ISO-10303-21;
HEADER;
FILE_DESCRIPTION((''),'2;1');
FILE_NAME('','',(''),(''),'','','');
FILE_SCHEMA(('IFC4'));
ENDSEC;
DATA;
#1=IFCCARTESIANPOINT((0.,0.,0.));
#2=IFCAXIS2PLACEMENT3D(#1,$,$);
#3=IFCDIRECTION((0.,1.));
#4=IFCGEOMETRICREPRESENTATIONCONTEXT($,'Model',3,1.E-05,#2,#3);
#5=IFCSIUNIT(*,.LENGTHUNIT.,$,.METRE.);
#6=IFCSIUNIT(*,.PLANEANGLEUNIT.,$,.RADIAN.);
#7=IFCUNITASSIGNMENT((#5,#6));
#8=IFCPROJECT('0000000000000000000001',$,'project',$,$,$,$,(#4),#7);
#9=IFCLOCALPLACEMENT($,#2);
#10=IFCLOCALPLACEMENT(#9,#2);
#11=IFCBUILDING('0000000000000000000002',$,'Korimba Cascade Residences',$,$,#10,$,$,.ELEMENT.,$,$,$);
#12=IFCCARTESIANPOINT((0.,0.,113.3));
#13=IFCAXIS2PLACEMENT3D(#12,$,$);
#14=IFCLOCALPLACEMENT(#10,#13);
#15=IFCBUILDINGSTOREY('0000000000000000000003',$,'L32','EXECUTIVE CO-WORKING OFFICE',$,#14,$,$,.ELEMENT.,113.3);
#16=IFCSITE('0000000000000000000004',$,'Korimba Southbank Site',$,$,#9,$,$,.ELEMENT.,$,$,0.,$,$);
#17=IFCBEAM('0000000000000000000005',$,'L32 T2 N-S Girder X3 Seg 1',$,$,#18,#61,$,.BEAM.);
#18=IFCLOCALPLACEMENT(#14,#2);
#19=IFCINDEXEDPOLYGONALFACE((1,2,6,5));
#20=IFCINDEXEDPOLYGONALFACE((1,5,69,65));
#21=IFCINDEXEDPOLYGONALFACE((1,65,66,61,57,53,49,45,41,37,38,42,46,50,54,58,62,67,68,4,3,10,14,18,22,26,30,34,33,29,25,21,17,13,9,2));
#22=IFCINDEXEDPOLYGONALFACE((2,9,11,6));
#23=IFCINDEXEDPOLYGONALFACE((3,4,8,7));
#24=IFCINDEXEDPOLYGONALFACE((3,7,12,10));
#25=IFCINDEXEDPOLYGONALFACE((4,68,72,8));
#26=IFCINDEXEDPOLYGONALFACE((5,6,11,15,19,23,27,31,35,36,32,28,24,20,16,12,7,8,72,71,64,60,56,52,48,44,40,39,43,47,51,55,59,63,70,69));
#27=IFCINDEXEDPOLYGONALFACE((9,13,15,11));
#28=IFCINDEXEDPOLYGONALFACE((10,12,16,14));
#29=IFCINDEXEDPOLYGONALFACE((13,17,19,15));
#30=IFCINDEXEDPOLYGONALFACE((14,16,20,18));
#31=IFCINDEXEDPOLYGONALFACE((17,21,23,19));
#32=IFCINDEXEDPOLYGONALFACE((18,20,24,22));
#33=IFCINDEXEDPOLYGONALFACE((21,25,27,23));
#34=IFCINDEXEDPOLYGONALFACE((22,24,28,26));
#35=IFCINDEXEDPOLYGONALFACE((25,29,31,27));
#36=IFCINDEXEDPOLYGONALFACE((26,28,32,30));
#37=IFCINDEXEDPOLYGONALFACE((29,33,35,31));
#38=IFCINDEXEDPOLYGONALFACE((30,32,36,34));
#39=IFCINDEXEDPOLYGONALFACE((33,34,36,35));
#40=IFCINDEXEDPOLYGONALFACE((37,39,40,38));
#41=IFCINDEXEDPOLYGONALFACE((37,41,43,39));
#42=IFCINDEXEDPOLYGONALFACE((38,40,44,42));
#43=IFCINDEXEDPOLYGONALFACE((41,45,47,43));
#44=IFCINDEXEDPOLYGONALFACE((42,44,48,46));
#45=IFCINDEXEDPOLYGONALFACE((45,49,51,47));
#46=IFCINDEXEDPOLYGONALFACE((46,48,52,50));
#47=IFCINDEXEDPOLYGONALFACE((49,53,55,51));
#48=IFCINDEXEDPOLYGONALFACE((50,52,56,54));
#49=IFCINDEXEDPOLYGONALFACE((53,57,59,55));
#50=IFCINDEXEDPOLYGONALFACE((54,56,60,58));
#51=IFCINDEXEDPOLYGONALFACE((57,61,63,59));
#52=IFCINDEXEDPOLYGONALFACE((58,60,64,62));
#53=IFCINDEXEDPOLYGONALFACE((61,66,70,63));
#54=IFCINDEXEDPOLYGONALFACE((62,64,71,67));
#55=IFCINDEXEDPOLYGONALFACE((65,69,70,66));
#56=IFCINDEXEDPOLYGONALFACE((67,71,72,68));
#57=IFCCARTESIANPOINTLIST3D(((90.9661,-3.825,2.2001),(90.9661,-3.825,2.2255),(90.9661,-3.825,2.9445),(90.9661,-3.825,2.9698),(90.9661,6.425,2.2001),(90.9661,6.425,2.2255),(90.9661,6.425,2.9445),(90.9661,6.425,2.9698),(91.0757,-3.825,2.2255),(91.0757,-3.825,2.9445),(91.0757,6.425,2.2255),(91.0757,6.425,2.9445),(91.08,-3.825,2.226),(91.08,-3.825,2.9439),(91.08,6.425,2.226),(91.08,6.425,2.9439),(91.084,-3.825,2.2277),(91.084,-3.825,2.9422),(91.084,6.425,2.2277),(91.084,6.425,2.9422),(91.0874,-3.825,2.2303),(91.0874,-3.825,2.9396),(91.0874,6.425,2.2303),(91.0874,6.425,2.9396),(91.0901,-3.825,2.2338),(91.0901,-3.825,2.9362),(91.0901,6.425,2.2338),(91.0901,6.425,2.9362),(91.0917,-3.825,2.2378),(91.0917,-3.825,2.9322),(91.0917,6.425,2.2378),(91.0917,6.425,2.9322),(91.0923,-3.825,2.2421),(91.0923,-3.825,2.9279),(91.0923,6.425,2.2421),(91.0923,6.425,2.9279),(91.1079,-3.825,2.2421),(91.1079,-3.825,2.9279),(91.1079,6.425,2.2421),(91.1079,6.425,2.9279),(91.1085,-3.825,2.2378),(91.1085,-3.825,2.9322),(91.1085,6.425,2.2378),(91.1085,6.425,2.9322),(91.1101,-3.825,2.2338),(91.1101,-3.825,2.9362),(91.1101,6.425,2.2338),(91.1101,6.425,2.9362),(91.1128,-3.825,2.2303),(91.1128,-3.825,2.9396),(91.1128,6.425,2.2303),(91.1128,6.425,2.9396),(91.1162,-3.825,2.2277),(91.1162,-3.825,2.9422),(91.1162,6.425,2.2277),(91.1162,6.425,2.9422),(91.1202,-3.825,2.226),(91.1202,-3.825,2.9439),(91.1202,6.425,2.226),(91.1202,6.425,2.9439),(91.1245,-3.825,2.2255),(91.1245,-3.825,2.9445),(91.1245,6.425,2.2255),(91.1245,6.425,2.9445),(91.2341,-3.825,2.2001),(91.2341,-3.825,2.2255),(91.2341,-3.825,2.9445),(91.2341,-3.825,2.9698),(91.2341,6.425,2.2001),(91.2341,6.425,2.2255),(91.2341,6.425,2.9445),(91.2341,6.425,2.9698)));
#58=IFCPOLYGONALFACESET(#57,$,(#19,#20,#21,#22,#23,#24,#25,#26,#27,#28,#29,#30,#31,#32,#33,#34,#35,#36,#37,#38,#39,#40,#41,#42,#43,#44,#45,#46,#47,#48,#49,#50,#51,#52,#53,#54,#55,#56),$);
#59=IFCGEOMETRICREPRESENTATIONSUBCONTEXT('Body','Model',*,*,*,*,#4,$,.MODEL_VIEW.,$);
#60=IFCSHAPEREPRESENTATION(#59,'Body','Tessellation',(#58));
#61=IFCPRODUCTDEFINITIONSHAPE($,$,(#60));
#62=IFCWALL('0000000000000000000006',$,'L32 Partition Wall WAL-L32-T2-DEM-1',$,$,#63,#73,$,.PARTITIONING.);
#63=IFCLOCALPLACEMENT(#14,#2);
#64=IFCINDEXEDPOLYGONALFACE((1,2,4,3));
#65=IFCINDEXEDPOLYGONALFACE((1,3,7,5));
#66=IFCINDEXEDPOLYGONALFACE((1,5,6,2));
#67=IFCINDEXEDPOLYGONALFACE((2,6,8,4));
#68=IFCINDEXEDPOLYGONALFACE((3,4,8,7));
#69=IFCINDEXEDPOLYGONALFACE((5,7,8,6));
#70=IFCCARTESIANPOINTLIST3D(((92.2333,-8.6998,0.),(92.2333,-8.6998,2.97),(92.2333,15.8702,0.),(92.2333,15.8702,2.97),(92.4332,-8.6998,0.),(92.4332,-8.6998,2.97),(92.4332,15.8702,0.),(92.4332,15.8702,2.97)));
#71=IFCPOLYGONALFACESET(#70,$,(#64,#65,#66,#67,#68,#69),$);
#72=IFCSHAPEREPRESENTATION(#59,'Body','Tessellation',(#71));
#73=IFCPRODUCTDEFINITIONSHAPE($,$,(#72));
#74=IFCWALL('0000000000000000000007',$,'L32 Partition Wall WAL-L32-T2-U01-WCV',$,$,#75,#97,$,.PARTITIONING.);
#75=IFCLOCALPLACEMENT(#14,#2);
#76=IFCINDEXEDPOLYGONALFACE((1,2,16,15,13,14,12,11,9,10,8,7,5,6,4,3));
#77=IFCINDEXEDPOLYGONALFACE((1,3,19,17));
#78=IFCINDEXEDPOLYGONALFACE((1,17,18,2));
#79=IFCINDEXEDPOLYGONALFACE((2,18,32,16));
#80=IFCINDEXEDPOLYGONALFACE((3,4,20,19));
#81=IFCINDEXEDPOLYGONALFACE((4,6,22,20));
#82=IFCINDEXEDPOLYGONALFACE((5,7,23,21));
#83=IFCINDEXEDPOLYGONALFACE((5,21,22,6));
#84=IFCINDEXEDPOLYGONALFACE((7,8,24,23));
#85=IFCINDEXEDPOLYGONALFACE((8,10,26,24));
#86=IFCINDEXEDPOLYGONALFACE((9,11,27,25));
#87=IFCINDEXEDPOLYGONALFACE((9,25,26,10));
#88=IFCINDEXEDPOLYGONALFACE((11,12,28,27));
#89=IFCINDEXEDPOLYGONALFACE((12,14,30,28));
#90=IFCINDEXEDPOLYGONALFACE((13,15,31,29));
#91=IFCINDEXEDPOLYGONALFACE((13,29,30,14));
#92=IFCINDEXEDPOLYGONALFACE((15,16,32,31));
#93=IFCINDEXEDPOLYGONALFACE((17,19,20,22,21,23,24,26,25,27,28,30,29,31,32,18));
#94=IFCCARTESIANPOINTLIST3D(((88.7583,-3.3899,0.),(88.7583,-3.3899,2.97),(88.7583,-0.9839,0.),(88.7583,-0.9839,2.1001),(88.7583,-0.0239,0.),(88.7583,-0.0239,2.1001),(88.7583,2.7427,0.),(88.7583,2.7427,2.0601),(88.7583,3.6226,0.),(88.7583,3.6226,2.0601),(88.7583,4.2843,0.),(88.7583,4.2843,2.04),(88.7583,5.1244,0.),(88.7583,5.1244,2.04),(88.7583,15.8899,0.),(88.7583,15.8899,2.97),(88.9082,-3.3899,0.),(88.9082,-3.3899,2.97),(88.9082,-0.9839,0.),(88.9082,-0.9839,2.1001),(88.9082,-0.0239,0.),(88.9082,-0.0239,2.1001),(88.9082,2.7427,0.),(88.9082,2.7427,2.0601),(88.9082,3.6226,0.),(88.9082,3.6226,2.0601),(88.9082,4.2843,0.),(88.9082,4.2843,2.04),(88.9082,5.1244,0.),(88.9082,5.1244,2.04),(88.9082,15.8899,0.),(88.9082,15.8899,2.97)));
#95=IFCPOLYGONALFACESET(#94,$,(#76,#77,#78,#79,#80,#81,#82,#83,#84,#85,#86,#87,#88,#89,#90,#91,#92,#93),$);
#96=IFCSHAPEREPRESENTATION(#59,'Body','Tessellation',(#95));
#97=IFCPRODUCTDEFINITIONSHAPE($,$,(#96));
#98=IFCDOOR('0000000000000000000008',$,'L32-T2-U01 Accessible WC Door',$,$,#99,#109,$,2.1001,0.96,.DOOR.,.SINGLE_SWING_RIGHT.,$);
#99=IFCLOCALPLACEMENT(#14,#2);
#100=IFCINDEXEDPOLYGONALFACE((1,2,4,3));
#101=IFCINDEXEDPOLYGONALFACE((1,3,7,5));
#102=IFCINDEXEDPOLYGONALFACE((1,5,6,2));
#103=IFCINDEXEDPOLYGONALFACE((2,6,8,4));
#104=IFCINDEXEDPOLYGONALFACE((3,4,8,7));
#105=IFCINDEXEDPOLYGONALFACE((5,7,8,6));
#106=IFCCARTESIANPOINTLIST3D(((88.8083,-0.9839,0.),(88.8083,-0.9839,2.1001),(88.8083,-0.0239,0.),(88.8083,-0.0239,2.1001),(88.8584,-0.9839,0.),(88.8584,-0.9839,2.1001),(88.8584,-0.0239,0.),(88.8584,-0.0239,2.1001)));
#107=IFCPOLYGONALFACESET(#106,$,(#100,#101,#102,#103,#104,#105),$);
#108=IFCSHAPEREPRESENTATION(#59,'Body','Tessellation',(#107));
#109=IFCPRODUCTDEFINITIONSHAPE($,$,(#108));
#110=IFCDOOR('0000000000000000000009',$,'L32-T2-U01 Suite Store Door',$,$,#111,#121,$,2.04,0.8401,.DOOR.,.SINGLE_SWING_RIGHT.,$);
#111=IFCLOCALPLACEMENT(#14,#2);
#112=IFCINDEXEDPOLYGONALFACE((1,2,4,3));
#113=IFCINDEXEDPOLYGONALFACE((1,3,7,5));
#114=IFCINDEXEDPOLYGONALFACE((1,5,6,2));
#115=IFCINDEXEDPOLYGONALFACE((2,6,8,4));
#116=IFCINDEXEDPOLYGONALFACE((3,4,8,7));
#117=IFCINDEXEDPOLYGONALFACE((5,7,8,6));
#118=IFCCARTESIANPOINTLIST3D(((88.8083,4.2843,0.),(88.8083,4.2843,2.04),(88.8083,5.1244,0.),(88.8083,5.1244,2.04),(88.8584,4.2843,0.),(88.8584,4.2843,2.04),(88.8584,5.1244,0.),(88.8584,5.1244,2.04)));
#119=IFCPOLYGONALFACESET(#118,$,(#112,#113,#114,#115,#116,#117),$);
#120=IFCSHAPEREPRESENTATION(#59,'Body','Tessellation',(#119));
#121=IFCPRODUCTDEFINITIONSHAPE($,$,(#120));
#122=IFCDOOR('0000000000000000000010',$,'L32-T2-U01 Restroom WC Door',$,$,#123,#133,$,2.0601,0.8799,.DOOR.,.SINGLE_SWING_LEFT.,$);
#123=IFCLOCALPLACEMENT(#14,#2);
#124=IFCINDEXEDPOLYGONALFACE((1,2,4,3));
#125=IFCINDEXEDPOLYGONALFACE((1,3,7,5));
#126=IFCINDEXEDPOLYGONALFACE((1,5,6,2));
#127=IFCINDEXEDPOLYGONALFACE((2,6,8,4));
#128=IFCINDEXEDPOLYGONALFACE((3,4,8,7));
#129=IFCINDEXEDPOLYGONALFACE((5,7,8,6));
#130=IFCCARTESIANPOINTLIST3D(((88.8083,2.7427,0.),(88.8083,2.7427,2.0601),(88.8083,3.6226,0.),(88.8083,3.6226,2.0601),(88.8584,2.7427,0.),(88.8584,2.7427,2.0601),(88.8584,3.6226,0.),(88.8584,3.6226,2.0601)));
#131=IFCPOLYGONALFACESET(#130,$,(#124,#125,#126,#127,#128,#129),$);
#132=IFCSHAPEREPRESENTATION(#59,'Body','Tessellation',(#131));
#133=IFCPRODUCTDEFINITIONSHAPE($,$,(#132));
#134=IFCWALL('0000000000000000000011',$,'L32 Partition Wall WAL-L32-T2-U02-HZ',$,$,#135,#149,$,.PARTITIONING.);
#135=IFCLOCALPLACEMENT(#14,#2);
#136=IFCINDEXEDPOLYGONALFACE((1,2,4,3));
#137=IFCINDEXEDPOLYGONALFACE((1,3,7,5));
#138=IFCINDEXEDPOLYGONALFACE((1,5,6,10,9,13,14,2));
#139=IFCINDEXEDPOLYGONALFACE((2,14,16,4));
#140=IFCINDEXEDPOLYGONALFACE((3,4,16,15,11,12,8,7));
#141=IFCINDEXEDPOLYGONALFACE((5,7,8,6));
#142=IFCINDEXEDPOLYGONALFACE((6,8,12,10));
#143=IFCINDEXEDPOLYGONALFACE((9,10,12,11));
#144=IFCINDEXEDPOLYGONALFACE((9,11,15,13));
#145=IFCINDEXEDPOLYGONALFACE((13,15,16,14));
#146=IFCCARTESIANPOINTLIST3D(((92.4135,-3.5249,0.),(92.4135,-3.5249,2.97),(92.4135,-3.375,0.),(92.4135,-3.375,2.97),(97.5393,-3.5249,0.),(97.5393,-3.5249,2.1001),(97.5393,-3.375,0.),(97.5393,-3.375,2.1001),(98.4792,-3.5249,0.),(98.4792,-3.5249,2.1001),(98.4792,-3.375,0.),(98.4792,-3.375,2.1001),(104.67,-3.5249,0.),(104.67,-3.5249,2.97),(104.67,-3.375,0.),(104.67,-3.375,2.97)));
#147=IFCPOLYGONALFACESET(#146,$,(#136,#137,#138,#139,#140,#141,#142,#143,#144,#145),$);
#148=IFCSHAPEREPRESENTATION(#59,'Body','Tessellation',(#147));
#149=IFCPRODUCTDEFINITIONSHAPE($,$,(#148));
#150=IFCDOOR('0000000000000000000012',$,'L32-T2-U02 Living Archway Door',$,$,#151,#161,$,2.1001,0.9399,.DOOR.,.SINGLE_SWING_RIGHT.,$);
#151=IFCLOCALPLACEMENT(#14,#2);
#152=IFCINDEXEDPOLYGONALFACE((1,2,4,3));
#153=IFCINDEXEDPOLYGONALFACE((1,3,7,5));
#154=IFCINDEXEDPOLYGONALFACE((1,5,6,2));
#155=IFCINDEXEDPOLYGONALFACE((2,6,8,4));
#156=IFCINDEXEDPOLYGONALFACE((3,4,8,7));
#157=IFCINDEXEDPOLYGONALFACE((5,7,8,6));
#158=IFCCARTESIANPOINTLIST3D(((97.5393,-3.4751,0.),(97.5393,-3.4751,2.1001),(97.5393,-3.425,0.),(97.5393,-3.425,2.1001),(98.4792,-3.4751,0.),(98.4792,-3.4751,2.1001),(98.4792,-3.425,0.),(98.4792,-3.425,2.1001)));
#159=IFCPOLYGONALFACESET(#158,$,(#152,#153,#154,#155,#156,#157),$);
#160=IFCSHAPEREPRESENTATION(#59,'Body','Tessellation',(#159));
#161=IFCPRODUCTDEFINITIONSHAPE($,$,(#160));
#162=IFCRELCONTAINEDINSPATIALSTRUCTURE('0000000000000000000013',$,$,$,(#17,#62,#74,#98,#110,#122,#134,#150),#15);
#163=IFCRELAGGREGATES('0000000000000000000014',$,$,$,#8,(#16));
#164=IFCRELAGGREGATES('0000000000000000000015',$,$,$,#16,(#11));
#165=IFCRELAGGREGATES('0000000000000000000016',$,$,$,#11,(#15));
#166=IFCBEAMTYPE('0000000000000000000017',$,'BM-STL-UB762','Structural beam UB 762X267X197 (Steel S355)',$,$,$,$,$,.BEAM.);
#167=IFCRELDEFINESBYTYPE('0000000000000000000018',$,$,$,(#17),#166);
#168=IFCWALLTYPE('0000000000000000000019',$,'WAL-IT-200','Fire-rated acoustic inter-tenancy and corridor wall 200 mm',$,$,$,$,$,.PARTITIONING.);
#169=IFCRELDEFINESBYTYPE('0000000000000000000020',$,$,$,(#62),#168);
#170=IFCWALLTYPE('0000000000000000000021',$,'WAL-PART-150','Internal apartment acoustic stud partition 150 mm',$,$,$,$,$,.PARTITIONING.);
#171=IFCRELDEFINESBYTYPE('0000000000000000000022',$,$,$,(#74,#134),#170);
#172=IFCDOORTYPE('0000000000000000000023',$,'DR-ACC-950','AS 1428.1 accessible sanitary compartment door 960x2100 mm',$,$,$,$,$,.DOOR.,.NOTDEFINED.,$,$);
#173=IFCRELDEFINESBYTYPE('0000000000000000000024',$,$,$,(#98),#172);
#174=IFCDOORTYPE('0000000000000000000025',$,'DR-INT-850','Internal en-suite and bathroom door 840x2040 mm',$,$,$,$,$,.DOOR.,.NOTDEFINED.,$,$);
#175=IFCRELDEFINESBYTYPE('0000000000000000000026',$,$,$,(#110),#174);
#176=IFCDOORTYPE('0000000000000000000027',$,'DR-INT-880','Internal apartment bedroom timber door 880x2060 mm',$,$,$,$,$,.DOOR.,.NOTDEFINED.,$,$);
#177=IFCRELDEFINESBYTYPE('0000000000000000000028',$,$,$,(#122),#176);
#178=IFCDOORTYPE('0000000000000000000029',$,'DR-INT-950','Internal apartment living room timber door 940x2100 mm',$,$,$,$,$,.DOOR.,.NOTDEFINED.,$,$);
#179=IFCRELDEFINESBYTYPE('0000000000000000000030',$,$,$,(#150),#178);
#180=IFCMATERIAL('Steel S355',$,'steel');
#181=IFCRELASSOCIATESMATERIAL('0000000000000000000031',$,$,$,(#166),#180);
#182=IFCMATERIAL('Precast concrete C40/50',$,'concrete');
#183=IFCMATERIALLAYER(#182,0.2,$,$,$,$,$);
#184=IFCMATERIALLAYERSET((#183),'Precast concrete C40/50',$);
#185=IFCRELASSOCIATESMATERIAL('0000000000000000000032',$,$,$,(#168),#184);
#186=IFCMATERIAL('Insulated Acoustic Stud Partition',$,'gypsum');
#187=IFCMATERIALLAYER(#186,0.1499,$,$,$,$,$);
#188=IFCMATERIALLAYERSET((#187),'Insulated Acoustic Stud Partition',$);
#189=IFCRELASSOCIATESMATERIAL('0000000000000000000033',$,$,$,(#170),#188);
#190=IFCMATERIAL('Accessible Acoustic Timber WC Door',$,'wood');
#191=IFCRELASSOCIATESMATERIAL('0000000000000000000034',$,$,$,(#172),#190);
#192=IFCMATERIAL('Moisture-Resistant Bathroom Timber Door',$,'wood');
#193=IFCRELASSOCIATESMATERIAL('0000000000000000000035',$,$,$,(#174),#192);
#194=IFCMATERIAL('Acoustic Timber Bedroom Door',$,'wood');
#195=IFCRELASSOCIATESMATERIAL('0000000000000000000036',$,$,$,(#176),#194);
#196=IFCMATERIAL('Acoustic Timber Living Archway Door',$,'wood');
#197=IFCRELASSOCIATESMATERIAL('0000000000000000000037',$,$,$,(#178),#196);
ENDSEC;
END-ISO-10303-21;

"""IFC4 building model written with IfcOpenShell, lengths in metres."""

from ifc_helpers import new_model, si_unit, direction, frame, frame_2d, origin, origin_2d, place, context, subcontext, project, spatial, rectangle, i_section, extrude, material, layer, layer_set, material_profile, profile_set, type_object, element, fill, save


model = new_model("IFC4")

# Units and contexts
model_context = context("Model", 3, precision=1e-05, world=origin(), true_north=direction((0.0, 1.0)))
body_context = subcontext(model_context, "Body", "Model", "MODEL_VIEW")
ifc_project = project(units=[si_unit("LENGTHUNIT", "METRE"), si_unit("PLANEANGLEUNIT", "RADIAN")], contexts=[model_context])

# Site, building, storey
site_placement = place(None, origin())
site = spatial("IfcSite", under=ifc_project, at=site_placement, Name="Korimba Southbank Site", CompositionType="ELEMENT", RefElevation=0.0)
building_placement = place(site_placement, origin())
building = spatial("IfcBuilding", under=site, at=building_placement, Name="Korimba Cascade Residences", CompositionType="ELEMENT")
storey_placement = place(building_placement, frame((0.0, 0.0, 113.3)))
storey = spatial("IfcBuildingStorey", under=building, at=storey_placement, Name="L32", Description="EXECUTIVE CO-WORKING OFFICE", CompositionType="ELEMENT", Elevation=113.3)

# Beam
ifc_material_1 = material(Name="Steel S355", Category="steel")
ifc_material_profile_1 = material_profile(ifc_material_1, i_section(OverallWidth=0.2681, OverallDepth=0.7698, WebThickness=0.0156, FlangeThickness=0.0254, FilletRadius=0.0166, at=origin_2d()), Name="Steel S355")
ifc_profile_set_1 = profile_set([ifc_material_profile_1], Name="Steel S355")
beam_type_1 = type_object("IfcBeamType", Name="BM-STL-UB762", Description="Structural beam UB 762X267X197 (Steel S355)", PredefinedType="BEAM", material=ifc_profile_set_1)
for number, where, z_axis, x_axis, name in (
    (1, (91.1001, -3.825, 2.585), (0.0, 1.0, 0.0), (-1.0, 0.0, 0.0), "L32 T2 N-S Girder X3 Seg 1"),
):
    element("IfcBeam", number, at=place(storey_placement, frame(where, z_axis=z_axis, x_axis=x_axis)), inside=storey, type_object=beam_type_1, Name=name, PredefinedType="BEAM", context=body_context, shape_type="SweptSolid", body=[
        extrude(i_section(OverallWidth=0.2681, OverallDepth=0.7698, WebThickness=0.0156, FlangeThickness=0.0254, FilletRadius=0.0166, at=origin_2d()), origin(), (0.0, 0.0, 1.0), 10.25),
    ])

# Wall
ifc_material_2 = material(Name="Precast concrete C40/50", Category="concrete")
ifc_layer_1 = layer(ifc_material_2, 0.2)
ifc_layer_set_1 = layer_set([ifc_layer_1], Name="Precast concrete C40/50")
wall_type_1 = type_object("IfcWallType", Name="WAL-IT-200", Description="Fire-rated acoustic inter-tenancy and corridor wall 200 mm", PredefinedType="PARTITIONING", material=ifc_layer_set_1)
wall_1_placement = place(storey_placement, frame((92.3333, -8.7, 0.0), z_axis=(0.0, 0.0, 1.0), x_axis=(0.0, 1.0, 0.0)))
element("IfcWall", 2, at=wall_1_placement, inside=storey, type_object=wall_type_1, Name="L32 Partition Wall WAL-L32-T2-DEM-1", PredefinedType="PARTITIONING", context=body_context, shape_type="SweptSolid", body=[
    extrude(rectangle(XDim=24.5701, YDim=0.2, at=frame_2d((12.2852, 0.0))), origin(), (0.0, 0.0, 1.0), 2.97),
])

# Wall, openings, doors
ifc_material_3 = material(Name="Insulated Acoustic Stud Partition", Category="gypsum")
ifc_layer_2 = layer(ifc_material_3, 0.1499)
ifc_layer_set_2 = layer_set([ifc_layer_2], Name="Insulated Acoustic Stud Partition")
wall_type_2 = type_object("IfcWallType", Name="WAL-PART-150", Description="Internal apartment acoustic stud partition 150 mm", PredefinedType="PARTITIONING", material=ifc_layer_set_2)
wall_2_placement = place(storey_placement, frame((88.8333, -3.3899, 0.0), z_axis=(0.0, 0.0, 1.0), x_axis=(0.0, 1.0, 0.0)))
wall_2 = element("IfcWall", 3, at=wall_2_placement, inside=storey, type_object=wall_type_2, Name="L32 Partition Wall WAL-L32-T2-U01-WCV", PredefinedType="PARTITIONING", context=body_context, shape_type="SweptSolid", body=[
    extrude(rectangle(XDim=19.2798, YDim=0.1499, at=frame_2d((9.6399, 0.0))), origin(), (0.0, 0.0, 1.0), 2.97),
])
opening_1_placement = place(wall_2_placement, frame((2.406, 0.0, 0.0)))
opening_1 = element("IfcOpeningElement", 4, at=opening_1_placement, cuts=wall_2, PredefinedType="OPENING", context=body_context, shape_type="SweptSolid", body=[
    extrude(rectangle(XDim=0.96, YDim=2.1001, at=frame_2d((0.48, 1.05))), frame((0.0, 0.085, 0.0), z_axis=(0.0, -1.0, 0.0), x_axis=(1.0, 0.0, 0.0)), (0.0, 0.0, 1.0), 0.1699),
])
opening_2_placement = place(wall_2_placement, frame((6.1326, 0.0, 0.0)))
opening_2 = element("IfcOpeningElement", 5, at=opening_2_placement, cuts=wall_2, PredefinedType="OPENING", context=body_context, shape_type="SweptSolid", body=[
    extrude(rectangle(XDim=0.8799, YDim=2.0601, at=frame_2d((0.4399, 1.03))), frame((0.0, 0.085, 0.0), z_axis=(0.0, -1.0, 0.0), x_axis=(1.0, 0.0, 0.0)), (0.0, 0.0, 1.0), 0.1699),
])
opening_3_placement = place(wall_2_placement, frame((7.6743, 0.0, 0.0)))
opening_3 = element("IfcOpeningElement", 6, at=opening_3_placement, cuts=wall_2, PredefinedType="OPENING", context=body_context, shape_type="SweptSolid", body=[
    extrude(rectangle(XDim=0.8401, YDim=2.04, at=frame_2d((0.4199, 1.02))), frame((0.0, 0.085, 0.0), z_axis=(0.0, -1.0, 0.0), x_axis=(1.0, 0.0, 0.0)), (0.0, 0.0, 1.0), 0.1699),
])
ifc_material_4 = material(Name="Accessible Acoustic Timber WC Door", Category="wood")
door_type_1 = type_object("IfcDoorType", Name="DR-ACC-950", Description="AS 1428.1 accessible sanitary compartment door 960x2100 mm", OperationType="NOTDEFINED", PredefinedType="DOOR", material=ifc_material_4)
door_1_placement = place(opening_1_placement, origin())
door_1 = element("IfcDoor", 7, at=door_1_placement, inside=storey, type_object=door_type_1, Name="L32-T2-U01 Accessible WC Door", OperationType="SINGLE_SWING_RIGHT", OverallHeight=2.1001, OverallWidth=0.96, PredefinedType="DOOR", context=body_context, shape_type="SweptSolid", body=[
    extrude(rectangle(XDim=0.96, YDim=2.1001, at=frame_2d((0.48, 1.05))), frame((0.0, 0.0249, 0.0), z_axis=(0.0, -1.0, 0.0), x_axis=(1.0, 0.0, 0.0)), (0.0, 0.0, 1.0), 0.05),
])
fill(opening_1, door_1)
ifc_material_5 = material(Name="Moisture-Resistant Bathroom Timber Door", Category="wood")
door_type_2 = type_object("IfcDoorType", Name="DR-INT-850", Description="Internal en-suite and bathroom door 840x2040 mm", OperationType="NOTDEFINED", PredefinedType="DOOR", material=ifc_material_5)
door_2_placement = place(opening_3_placement, origin())
door_2 = element("IfcDoor", 8, at=door_2_placement, inside=storey, type_object=door_type_2, Name="L32-T2-U01 Suite Store Door", OperationType="SINGLE_SWING_RIGHT", OverallHeight=2.04, OverallWidth=0.8401, PredefinedType="DOOR", context=body_context, shape_type="SweptSolid", body=[
    extrude(rectangle(XDim=0.8401, YDim=2.04, at=frame_2d((0.4199, 1.02))), frame((0.0, 0.0249, 0.0), z_axis=(0.0, -1.0, 0.0), x_axis=(1.0, 0.0, 0.0)), (0.0, 0.0, 1.0), 0.05),
])
fill(opening_3, door_2)
ifc_material_6 = material(Name="Acoustic Timber Bedroom Door", Category="wood")
door_type_3 = type_object("IfcDoorType", Name="DR-INT-880", Description="Internal apartment bedroom timber door 880x2060 mm", OperationType="NOTDEFINED", PredefinedType="DOOR", material=ifc_material_6)
door_3_placement = place(opening_2_placement, origin())
door_3 = element("IfcDoor", 9, at=door_3_placement, inside=storey, type_object=door_type_3, Name="L32-T2-U01 Restroom WC Door", OperationType="SINGLE_SWING_LEFT", OverallHeight=2.0601, OverallWidth=0.8799, PredefinedType="DOOR", context=body_context, shape_type="SweptSolid", body=[
    extrude(rectangle(XDim=0.8799, YDim=2.0601, at=frame_2d((0.4399, 1.03))), frame((0.0, 0.0249, 0.0), z_axis=(0.0, -1.0, 0.0), x_axis=(1.0, 0.0, 0.0)), (0.0, 0.0, 1.0), 0.05),
])
fill(opening_2, door_3)

# Wall, opening, door
wall_3_placement = place(storey_placement, frame((92.4133, -3.45, 0.0), z_axis=(0.0, 0.0, 1.0), x_axis=(1.0, 0.0, 0.0)))
wall_3 = element("IfcWall", 10, at=wall_3_placement, inside=storey, type_object=wall_type_2, Name="L32 Partition Wall WAL-L32-T2-U02-HZ", PredefinedType="PARTITIONING", context=body_context, shape_type="SweptSolid", body=[
    extrude(rectangle(XDim=12.2566, YDim=0.1499, at=frame_2d((6.1284, 0.0))), origin(), (0.0, 0.0, 1.0), 2.97),
])
opening_4_placement = place(wall_3_placement, frame((5.126, 0.0, 0.0)))
opening_4 = element("IfcOpeningElement", 11, at=opening_4_placement, cuts=wall_3, PredefinedType="OPENING", context=body_context, shape_type="SweptSolid", body=[
    extrude(rectangle(XDim=0.9399, YDim=2.1001, at=frame_2d((0.47, 1.05))), frame((0.0, 0.085, 0.0), z_axis=(0.0, -1.0, 0.0), x_axis=(1.0, 0.0, 0.0)), (0.0, 0.0, 1.0), 0.1699),
])
ifc_material_7 = material(Name="Acoustic Timber Living Archway Door", Category="wood")
door_type_4 = type_object("IfcDoorType", Name="DR-INT-950", Description="Internal apartment living room timber door 940x2100 mm", OperationType="NOTDEFINED", PredefinedType="DOOR", material=ifc_material_7)
door_4_placement = place(opening_4_placement, origin())
door_4 = element("IfcDoor", 12, at=door_4_placement, inside=storey, type_object=door_type_4, Name="L32-T2-U02 Living Archway Door", OperationType="SINGLE_SWING_RIGHT", OverallHeight=2.1001, OverallWidth=0.9399, PredefinedType="DOOR", context=body_context, shape_type="SweptSolid", body=[
    extrude(rectangle(XDim=0.9399, YDim=2.1001, at=frame_2d((0.47, 1.05))), frame((0.0, 0.0249, 0.0), z_axis=(0.0, -1.0, 0.0), x_axis=(1.0, 0.0, 0.0)), (0.0, 0.0, 1.0), 0.05),
])
fill(opening_4, door_4)

save(model, "model.ifc")
